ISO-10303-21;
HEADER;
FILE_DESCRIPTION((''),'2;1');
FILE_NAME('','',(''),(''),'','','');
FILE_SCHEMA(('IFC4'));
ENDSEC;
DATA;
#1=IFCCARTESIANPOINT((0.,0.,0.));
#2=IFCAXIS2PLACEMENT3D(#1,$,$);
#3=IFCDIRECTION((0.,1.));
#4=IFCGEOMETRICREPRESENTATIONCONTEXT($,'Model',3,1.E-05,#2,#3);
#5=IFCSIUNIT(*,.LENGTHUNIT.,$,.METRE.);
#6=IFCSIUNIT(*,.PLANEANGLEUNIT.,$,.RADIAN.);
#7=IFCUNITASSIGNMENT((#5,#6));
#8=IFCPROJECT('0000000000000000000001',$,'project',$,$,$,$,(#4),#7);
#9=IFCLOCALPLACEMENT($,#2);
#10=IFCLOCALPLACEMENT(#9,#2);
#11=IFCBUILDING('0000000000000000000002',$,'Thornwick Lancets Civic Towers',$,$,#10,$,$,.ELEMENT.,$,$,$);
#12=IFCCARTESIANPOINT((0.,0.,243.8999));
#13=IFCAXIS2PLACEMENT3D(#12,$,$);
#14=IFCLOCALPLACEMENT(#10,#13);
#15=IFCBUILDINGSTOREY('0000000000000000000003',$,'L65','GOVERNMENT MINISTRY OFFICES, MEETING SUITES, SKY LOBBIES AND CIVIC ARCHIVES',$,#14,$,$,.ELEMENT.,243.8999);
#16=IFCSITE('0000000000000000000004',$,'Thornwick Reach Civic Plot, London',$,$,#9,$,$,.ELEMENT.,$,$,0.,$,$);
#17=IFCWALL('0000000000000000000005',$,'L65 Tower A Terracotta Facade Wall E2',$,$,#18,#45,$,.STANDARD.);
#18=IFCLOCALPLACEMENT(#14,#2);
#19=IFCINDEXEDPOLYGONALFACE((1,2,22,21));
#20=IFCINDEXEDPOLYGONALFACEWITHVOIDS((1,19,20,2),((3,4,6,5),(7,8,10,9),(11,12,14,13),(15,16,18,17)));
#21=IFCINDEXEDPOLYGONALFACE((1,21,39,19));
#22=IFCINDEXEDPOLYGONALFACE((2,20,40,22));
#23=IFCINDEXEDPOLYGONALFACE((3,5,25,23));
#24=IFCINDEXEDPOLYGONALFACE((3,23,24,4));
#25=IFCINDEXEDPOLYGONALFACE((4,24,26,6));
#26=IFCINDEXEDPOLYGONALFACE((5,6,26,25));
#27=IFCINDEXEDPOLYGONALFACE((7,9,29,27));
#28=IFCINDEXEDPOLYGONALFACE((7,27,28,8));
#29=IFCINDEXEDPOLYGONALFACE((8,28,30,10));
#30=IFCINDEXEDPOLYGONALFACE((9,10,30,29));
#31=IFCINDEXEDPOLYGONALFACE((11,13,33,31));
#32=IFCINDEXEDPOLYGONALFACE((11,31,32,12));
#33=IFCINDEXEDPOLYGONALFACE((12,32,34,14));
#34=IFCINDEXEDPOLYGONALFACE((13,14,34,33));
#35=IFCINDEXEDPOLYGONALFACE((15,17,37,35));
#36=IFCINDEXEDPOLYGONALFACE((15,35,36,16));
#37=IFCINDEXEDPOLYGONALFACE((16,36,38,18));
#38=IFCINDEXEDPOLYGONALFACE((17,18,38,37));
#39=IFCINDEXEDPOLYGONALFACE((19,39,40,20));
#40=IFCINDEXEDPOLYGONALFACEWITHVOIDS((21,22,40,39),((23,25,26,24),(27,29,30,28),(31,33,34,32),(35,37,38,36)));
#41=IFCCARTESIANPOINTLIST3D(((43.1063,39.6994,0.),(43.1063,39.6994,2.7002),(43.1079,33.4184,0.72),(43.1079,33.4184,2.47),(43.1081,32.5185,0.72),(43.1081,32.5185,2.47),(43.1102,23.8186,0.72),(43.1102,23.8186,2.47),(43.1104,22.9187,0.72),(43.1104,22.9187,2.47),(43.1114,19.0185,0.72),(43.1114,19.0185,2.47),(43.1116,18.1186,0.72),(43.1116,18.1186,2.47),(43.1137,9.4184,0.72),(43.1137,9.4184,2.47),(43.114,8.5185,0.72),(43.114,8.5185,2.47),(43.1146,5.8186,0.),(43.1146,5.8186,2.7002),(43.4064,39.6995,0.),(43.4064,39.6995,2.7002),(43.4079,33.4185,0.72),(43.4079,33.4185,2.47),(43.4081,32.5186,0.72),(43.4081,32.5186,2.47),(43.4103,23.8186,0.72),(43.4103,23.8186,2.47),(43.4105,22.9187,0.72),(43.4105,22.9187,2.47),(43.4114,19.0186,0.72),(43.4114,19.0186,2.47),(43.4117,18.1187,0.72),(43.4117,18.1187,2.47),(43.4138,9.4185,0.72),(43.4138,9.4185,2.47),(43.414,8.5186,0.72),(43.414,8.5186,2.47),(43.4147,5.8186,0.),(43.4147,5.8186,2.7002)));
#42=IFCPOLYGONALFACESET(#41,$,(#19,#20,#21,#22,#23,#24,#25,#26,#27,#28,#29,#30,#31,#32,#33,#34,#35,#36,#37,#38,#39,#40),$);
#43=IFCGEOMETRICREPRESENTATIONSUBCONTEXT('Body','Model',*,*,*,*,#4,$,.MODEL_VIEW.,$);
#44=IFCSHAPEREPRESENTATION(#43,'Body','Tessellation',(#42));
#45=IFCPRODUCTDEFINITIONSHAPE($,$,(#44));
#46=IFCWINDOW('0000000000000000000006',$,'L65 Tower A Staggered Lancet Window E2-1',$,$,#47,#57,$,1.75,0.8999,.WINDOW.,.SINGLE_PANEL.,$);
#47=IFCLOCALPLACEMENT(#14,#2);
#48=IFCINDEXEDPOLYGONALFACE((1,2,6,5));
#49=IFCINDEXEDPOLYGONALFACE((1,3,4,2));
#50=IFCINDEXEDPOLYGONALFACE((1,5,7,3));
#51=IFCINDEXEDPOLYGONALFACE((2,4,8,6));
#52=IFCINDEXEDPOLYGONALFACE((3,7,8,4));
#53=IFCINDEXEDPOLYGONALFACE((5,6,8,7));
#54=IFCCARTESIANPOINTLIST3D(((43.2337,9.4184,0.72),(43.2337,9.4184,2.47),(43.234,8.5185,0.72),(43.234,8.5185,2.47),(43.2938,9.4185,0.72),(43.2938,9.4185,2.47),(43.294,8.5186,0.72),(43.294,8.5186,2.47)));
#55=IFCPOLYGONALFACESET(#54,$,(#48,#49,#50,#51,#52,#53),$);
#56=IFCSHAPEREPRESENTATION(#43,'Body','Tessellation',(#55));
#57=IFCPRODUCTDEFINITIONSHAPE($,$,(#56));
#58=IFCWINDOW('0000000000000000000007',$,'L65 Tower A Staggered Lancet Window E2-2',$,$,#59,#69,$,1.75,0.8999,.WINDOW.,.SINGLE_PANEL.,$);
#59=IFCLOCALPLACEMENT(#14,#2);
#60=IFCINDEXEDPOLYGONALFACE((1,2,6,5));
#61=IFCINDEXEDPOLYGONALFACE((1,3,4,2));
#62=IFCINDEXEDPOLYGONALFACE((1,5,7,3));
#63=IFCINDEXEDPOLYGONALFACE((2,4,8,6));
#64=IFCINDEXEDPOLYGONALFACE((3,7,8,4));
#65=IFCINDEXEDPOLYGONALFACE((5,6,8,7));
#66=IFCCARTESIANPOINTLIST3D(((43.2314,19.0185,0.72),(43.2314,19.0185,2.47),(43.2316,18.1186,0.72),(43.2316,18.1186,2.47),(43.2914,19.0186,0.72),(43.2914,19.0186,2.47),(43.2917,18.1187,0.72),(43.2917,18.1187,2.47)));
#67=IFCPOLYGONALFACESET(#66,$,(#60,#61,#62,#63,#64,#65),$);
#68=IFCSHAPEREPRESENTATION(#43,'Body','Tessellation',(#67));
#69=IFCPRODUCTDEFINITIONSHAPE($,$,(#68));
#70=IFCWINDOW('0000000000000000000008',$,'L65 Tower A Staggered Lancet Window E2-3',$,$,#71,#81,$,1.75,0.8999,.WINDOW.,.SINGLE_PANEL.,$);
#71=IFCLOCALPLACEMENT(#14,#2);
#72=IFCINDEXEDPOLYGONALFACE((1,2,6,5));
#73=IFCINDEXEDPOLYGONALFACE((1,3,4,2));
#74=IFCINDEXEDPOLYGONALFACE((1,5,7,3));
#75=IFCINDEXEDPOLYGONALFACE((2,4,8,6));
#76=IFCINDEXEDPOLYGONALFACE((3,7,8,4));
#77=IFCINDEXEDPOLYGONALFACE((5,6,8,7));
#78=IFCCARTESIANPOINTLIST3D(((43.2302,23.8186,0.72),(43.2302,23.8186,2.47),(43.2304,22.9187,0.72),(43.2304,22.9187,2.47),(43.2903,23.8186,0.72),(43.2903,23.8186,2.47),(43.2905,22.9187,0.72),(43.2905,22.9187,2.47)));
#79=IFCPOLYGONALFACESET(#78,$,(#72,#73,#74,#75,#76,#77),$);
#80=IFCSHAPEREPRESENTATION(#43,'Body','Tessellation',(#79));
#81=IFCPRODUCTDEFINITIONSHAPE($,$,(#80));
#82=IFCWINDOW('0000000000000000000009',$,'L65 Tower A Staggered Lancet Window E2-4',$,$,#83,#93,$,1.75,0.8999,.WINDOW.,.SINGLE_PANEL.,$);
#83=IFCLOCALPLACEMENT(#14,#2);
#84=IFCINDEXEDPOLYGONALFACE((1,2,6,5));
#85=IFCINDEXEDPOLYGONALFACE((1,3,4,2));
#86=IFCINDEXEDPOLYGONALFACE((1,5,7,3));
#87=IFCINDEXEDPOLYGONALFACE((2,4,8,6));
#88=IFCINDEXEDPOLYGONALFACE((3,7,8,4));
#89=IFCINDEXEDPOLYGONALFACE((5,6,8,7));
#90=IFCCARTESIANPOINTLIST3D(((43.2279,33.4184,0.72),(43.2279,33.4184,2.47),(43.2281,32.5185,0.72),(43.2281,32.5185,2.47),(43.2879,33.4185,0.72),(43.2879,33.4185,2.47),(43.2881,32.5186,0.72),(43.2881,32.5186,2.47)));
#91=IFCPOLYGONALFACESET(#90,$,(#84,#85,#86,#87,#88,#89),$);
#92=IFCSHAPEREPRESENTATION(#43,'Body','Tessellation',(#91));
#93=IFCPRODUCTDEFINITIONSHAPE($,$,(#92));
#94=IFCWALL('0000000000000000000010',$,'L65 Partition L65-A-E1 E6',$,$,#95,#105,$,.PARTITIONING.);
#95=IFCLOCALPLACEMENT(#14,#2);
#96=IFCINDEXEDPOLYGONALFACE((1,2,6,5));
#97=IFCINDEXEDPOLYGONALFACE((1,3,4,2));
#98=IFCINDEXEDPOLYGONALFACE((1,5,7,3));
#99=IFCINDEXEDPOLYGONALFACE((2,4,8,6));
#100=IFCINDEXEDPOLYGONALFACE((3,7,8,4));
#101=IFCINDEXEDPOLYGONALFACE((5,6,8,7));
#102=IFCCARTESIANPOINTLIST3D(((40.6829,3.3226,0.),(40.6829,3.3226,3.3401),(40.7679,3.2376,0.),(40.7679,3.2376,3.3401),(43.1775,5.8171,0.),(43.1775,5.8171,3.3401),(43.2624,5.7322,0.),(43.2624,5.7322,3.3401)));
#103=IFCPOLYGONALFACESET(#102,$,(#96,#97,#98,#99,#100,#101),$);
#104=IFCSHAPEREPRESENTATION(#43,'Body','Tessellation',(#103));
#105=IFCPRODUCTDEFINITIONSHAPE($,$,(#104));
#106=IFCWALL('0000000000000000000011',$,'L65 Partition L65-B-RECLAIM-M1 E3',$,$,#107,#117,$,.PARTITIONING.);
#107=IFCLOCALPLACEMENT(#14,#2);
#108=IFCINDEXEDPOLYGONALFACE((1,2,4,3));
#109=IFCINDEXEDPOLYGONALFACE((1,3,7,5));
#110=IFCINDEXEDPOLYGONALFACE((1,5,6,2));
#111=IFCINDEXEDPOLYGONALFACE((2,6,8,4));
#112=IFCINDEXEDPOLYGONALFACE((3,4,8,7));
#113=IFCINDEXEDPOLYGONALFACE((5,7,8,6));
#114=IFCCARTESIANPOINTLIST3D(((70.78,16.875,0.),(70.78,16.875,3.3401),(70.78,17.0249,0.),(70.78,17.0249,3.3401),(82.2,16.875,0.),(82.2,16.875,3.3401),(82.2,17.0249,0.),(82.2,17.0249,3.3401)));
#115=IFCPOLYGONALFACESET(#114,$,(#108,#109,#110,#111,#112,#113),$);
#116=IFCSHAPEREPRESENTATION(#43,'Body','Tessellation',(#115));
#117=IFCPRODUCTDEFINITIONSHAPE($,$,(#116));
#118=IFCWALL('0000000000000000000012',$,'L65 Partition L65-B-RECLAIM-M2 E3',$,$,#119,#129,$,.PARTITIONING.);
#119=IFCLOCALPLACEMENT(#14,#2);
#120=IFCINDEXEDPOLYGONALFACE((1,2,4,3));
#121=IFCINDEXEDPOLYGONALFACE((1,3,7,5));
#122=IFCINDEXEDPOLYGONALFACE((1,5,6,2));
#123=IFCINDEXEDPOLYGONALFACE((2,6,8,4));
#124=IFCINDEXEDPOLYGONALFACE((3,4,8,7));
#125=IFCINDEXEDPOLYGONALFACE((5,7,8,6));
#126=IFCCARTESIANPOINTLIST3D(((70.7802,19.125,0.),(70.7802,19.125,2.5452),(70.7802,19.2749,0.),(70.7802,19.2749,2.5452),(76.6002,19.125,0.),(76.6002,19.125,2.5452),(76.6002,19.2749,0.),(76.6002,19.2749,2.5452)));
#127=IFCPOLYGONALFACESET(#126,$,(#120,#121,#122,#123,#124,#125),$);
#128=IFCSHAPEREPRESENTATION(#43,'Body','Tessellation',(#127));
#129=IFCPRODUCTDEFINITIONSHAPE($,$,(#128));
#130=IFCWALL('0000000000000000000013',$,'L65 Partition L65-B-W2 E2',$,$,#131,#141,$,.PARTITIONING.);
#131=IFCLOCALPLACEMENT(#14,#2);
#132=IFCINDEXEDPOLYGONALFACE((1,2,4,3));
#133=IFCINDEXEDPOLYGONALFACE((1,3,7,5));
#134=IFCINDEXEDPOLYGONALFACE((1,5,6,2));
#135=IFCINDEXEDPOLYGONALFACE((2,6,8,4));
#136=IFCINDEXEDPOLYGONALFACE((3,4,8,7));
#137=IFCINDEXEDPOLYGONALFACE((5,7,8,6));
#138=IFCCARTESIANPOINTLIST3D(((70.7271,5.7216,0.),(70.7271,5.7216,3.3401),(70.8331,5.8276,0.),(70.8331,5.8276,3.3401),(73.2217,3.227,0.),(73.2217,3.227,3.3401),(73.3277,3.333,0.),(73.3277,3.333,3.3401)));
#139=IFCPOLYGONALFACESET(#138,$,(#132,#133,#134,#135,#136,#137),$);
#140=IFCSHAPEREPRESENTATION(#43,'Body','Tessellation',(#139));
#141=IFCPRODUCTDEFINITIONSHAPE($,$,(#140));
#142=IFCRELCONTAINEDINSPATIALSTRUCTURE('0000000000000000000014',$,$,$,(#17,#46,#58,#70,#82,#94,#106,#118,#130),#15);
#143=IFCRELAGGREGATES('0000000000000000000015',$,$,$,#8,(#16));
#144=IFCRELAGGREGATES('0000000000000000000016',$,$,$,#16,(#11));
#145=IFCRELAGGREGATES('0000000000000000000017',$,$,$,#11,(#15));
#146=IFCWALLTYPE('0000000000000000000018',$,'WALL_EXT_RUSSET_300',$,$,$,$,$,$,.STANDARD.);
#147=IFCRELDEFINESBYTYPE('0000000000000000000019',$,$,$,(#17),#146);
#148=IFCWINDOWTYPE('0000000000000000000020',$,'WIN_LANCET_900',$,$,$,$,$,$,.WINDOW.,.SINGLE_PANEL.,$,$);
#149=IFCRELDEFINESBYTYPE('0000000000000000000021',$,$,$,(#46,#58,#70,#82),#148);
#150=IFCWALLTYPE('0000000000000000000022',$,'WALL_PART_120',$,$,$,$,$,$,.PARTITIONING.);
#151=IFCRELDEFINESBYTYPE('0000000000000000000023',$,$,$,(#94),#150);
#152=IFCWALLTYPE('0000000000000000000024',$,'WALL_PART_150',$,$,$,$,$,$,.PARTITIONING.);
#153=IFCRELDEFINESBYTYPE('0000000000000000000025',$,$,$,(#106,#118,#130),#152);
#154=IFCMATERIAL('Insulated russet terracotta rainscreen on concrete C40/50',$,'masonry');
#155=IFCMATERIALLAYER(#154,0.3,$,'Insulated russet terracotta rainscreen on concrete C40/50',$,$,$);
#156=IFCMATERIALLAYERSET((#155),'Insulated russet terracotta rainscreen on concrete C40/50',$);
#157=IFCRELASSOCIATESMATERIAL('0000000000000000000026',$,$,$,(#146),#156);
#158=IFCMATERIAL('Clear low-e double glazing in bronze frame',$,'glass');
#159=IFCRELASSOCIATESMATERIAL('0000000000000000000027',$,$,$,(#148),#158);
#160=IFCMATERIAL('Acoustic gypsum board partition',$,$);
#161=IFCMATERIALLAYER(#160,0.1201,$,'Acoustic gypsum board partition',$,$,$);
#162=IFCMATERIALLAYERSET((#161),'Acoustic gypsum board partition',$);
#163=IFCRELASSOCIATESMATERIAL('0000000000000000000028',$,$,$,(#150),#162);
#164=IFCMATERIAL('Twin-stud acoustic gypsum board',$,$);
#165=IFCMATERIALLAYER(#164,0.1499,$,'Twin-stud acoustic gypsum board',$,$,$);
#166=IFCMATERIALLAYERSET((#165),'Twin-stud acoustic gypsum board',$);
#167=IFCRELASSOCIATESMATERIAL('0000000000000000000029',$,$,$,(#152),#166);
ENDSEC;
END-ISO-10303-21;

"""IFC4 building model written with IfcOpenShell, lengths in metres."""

from ifc_helpers import new_model, si_unit, direction, frame, frame_2d, origin, place, context, subcontext, project, spatial, rectangle, extrude, material, layer, layer_set, type_object, element, fill, save


model = new_model("IFC4")

# Units and contexts
model_context = context("Model", 3, precision=1e-05, world=origin(), true_north=direction((0.0, 1.0)))
body_context = subcontext(model_context, "Body", "Model", "MODEL_VIEW")
ifc_project = project(units=[si_unit("LENGTHUNIT", "METRE"), si_unit("PLANEANGLEUNIT", "RADIAN")], contexts=[model_context])

# Site, building, storey
site_placement = place(None, origin())
site = spatial("IfcSite", under=ifc_project, at=site_placement, Name="Thornwick Reach Civic Plot, London", CompositionType="ELEMENT", RefElevation=0.0)
building_placement = place(site_placement, origin())
building = spatial("IfcBuilding", under=site, at=building_placement, Name="Thornwick Lancets Civic Towers", CompositionType="ELEMENT")
storey_placement = place(building_placement, frame((0.0, 0.0, 243.8999)))
storey = spatial("IfcBuildingStorey", under=building, at=storey_placement, Name="L65", Description="GOVERNMENT MINISTRY OFFICES, MEETING SUITES, SKY LOBBIES AND CIVIC ARCHIVES", CompositionType="ELEMENT", Elevation=243.8999)

# Wall, openings, windows
ifc_material_1 = material(Name="Insulated russet terracotta rainscreen on concrete C40/50", Category="masonry")
ifc_layer_1 = layer(ifc_material_1, 0.3, Name="Insulated russet terracotta rainscreen on concrete C40/50")
ifc_layer_set_1 = layer_set([ifc_layer_1], Name="Insulated russet terracotta rainscreen on concrete C40/50")
wall_type_1 = type_object("IfcWallType", Name="WALL_EXT_RUSSET_300", PredefinedType="STANDARD", material=ifc_layer_set_1)
wall_1_placement = place(storey_placement, frame((43.2646, 5.8186, 0.0), z_axis=(0.0, 0.0, 1.0), x_axis=(-0.000245, 1.0, 0.0)))
wall_1 = element("IfcWall", 1, at=wall_1_placement, inside=storey, type_object=wall_type_1, Name="L65 Tower A Terracotta Facade Wall E2", PredefinedType="STANDARD", context=body_context, shape_type="SweptSolid", body=[
    extrude(rectangle(XDim=33.8809, YDim=0.3, at=frame_2d((16.9404, 0.0))), origin(), (0.0, 0.0, 1.0), 2.7002),
])
opening_1_placement = place(wall_1_placement, frame((2.7, 0.0, 0.72)))
opening_1 = element("IfcOpeningElement", 2, at=opening_1_placement, cuts=wall_1, PredefinedType="OPENING", context=body_context, shape_type="SweptSolid", body=[
    extrude(rectangle(XDim=0.8999, YDim=1.75, at=frame_2d((0.45, 0.875))), frame((0.0, 0.1602, 0.0), z_axis=(0.0, -1.0, 0.0), x_axis=(1.0, 0.0, 0.0)), (0.0, 0.0, 1.0), 0.3201),
])
opening_2_placement = place(wall_1_placement, frame((12.3, 0.0, 0.72)))
opening_2 = element("IfcOpeningElement", 3, at=opening_2_placement, cuts=wall_1, PredefinedType="OPENING", context=body_context, shape_type="SweptSolid", body=[
    extrude(rectangle(XDim=0.8999, YDim=1.75, at=frame_2d((0.45, 0.875))), frame((0.0, 0.1602, 0.0), z_axis=(0.0, -1.0, 0.0), x_axis=(1.0, 0.0, 0.0)), (0.0, 0.0, 1.0), 0.3201),
])
opening_3_placement = place(wall_1_placement, frame((17.1001, 0.0, 0.72)))
opening_3 = element("IfcOpeningElement", 4, at=opening_3_placement, cuts=wall_1, PredefinedType="OPENING", context=body_context, shape_type="SweptSolid", body=[
    extrude(rectangle(XDim=0.8999, YDim=1.75, at=frame_2d((0.45, 0.875))), frame((0.0, 0.1602, 0.0), z_axis=(0.0, -1.0, 0.0), x_axis=(1.0, 0.0, 0.0)), (0.0, 0.0, 1.0), 0.3201),
])
opening_4_placement = place(wall_1_placement, frame((26.7, 0.0, 0.72)))
opening_4 = element("IfcOpeningElement", 5, at=opening_4_placement, cuts=wall_1, PredefinedType="OPENING", context=body_context, shape_type="SweptSolid", body=[
    extrude(rectangle(XDim=0.8999, YDim=1.75, at=frame_2d((0.45, 0.875))), frame((0.0, 0.1602, 0.0), z_axis=(0.0, -1.0, 0.0), x_axis=(1.0, 0.0, 0.0)), (0.0, 0.0, 1.0), 0.3201),
])
ifc_material_2 = material(Name="Clear low-e double glazing in bronze frame", Category="glass")
window_type = type_object("IfcWindowType", Name="WIN_LANCET_900", PartitioningType="SINGLE_PANEL", PredefinedType="WINDOW", material=ifc_material_2)
window_1_placement = place(opening_1_placement, origin())
window_1 = element("IfcWindow", 6, at=window_1_placement, inside=storey, type_object=window_type, Name="L65 Tower A Staggered Lancet Window E2-1", OverallHeight=1.75, OverallWidth=0.8999, PartitioningType="SINGLE_PANEL", PredefinedType="WINDOW", context=body_context, shape_type="SweptSolid", body=[
    extrude(rectangle(XDim=0.8999, YDim=1.75, at=frame_2d((0.45, 0.875))), frame((0.0, 0.03, 0.0), z_axis=(0.0, -1.0, 0.0), x_axis=(1.0, 0.0, 0.0)), (0.0, 0.0, 1.0), 0.0601),
])
fill(opening_1, window_1)
window_2_placement = place(opening_2_placement, origin())
window_2 = element("IfcWindow", 7, at=window_2_placement, inside=storey, type_object=window_type, Name="L65 Tower A Staggered Lancet Window E2-2", OverallHeight=1.75, OverallWidth=0.8999, PartitioningType="SINGLE_PANEL", PredefinedType="WINDOW", context=body_context, shape_type="SweptSolid", body=[
    extrude(rectangle(XDim=0.8999, YDim=1.75, at=frame_2d((0.45, 0.875))), frame((0.0, 0.03, 0.0), z_axis=(0.0, -1.0, 0.0), x_axis=(1.0, 0.0, 0.0)), (0.0, 0.0, 1.0), 0.0601),
])
fill(opening_2, window_2)
window_3_placement = place(opening_3_placement, origin())
window_3 = element("IfcWindow", 8, at=window_3_placement, inside=storey, type_object=window_type, Name="L65 Tower A Staggered Lancet Window E2-3", OverallHeight=1.75, OverallWidth=0.8999, PartitioningType="SINGLE_PANEL", PredefinedType="WINDOW", context=body_context, shape_type="SweptSolid", body=[
    extrude(rectangle(XDim=0.8999, YDim=1.75, at=frame_2d((0.45, 0.875))), frame((0.0, 0.03, 0.0), z_axis=(0.0, -1.0, 0.0), x_axis=(1.0, 0.0, 0.0)), (0.0, 0.0, 1.0), 0.0601),
])
fill(opening_3, window_3)
window_4_placement = place(opening_4_placement, origin())
window_4 = element("IfcWindow", 9, at=window_4_placement, inside=storey, type_object=window_type, Name="L65 Tower A Staggered Lancet Window E2-4", OverallHeight=1.75, OverallWidth=0.8999, PartitioningType="SINGLE_PANEL", PredefinedType="WINDOW", context=body_context, shape_type="SweptSolid", body=[
    extrude(rectangle(XDim=0.8999, YDim=1.75, at=frame_2d((0.45, 0.875))), frame((0.0, 0.03, 0.0), z_axis=(0.0, -1.0, 0.0), x_axis=(1.0, 0.0, 0.0)), (0.0, 0.0, 1.0), 0.0601),
])
fill(opening_4, window_4)

# Walls
ifc_material_3 = material(Name="Acoustic gypsum board partition")
ifc_layer_2 = layer(ifc_material_3, 0.1201, Name="Acoustic gypsum board partition")
ifc_layer_set_2 = layer_set([ifc_layer_2], Name="Acoustic gypsum board partition")
wall_type_2 = type_object("IfcWallType", Name="WALL_PART_120", PredefinedType="PARTITIONING", material=ifc_layer_set_2)
wall_2_placement = place(storey_placement, frame((43.22, 5.7747, 0.0), z_axis=(0.0, 0.0, 1.0), x_axis=(-0.707107, -0.707107, 0.0)))
element("IfcWall", 10, at=wall_2_placement, inside=storey, type_object=wall_type_2, Name="L65 Partition L65-A-E1 E6", PredefinedType="PARTITIONING", context=body_context, shape_type="SweptSolid", body=[
    extrude(rectangle(XDim=3.5278, YDim=0.1201, at=frame_2d((1.7639, 0.0))), origin(), (0.0, 0.0, 1.0), 3.3401),
])
ifc_material_4 = material(Name="Twin-stud acoustic gypsum board")
ifc_layer_3 = layer(ifc_material_4, 0.1499, Name="Twin-stud acoustic gypsum board")
ifc_layer_set_3 = layer_set([ifc_layer_3], Name="Twin-stud acoustic gypsum board")
wall_type_3 = type_object("IfcWallType", Name="WALL_PART_150", PredefinedType="PARTITIONING", material=ifc_layer_set_3)
wall_3_placement = place(storey_placement, frame((70.78, 16.95, 0.0), z_axis=(0.0, 0.0, 1.0), x_axis=(1.0, 0.0, 0.0)))
element("IfcWall", 11, at=wall_3_placement, inside=storey, type_object=wall_type_3, Name="L65 Partition L65-B-RECLAIM-M1 E3", PredefinedType="PARTITIONING", context=body_context, shape_type="SweptSolid", body=[
    extrude(rectangle(XDim=11.4199, YDim=0.1499, at=frame_2d((5.71, 0.0))), origin(), (0.0, 0.0, 1.0), 3.3401),
])
wall_4_placement = place(storey_placement, frame((70.78, 19.2, 0.0), z_axis=(0.0, 0.0, 1.0), x_axis=(1.0, 0.0, 0.0)))
element("IfcWall", 12, at=wall_4_placement, inside=storey, type_object=wall_type_3, Name="L65 Partition L65-B-RECLAIM-M2 E3", PredefinedType="PARTITIONING", context=body_context, shape_type="SweptSolid", body=[
    extrude(rectangle(XDim=5.8201, YDim=0.1499, at=frame_2d((2.9102, 0.0))), origin(), (0.0, 0.0, 1.0), 2.5452),
])
wall_5_placement = place(storey_placement, frame((73.2747, 3.28, 0.0), z_axis=(0.0, 0.0, 1.0), x_axis=(-0.707107, 0.707107, 0.0)))
element("IfcWall", 13, at=wall_5_placement, inside=storey, type_object=wall_type_3, Name="L65 Partition L65-B-W2 E2", PredefinedType="PARTITIONING", context=body_context, shape_type="SweptSolid", body=[
    extrude(rectangle(XDim=3.5278, YDim=0.1499, at=frame_2d((1.7639, 0.0))), origin(), (0.0, 0.0, 1.0), 3.3401),
])

save(model, "model.ifc")
